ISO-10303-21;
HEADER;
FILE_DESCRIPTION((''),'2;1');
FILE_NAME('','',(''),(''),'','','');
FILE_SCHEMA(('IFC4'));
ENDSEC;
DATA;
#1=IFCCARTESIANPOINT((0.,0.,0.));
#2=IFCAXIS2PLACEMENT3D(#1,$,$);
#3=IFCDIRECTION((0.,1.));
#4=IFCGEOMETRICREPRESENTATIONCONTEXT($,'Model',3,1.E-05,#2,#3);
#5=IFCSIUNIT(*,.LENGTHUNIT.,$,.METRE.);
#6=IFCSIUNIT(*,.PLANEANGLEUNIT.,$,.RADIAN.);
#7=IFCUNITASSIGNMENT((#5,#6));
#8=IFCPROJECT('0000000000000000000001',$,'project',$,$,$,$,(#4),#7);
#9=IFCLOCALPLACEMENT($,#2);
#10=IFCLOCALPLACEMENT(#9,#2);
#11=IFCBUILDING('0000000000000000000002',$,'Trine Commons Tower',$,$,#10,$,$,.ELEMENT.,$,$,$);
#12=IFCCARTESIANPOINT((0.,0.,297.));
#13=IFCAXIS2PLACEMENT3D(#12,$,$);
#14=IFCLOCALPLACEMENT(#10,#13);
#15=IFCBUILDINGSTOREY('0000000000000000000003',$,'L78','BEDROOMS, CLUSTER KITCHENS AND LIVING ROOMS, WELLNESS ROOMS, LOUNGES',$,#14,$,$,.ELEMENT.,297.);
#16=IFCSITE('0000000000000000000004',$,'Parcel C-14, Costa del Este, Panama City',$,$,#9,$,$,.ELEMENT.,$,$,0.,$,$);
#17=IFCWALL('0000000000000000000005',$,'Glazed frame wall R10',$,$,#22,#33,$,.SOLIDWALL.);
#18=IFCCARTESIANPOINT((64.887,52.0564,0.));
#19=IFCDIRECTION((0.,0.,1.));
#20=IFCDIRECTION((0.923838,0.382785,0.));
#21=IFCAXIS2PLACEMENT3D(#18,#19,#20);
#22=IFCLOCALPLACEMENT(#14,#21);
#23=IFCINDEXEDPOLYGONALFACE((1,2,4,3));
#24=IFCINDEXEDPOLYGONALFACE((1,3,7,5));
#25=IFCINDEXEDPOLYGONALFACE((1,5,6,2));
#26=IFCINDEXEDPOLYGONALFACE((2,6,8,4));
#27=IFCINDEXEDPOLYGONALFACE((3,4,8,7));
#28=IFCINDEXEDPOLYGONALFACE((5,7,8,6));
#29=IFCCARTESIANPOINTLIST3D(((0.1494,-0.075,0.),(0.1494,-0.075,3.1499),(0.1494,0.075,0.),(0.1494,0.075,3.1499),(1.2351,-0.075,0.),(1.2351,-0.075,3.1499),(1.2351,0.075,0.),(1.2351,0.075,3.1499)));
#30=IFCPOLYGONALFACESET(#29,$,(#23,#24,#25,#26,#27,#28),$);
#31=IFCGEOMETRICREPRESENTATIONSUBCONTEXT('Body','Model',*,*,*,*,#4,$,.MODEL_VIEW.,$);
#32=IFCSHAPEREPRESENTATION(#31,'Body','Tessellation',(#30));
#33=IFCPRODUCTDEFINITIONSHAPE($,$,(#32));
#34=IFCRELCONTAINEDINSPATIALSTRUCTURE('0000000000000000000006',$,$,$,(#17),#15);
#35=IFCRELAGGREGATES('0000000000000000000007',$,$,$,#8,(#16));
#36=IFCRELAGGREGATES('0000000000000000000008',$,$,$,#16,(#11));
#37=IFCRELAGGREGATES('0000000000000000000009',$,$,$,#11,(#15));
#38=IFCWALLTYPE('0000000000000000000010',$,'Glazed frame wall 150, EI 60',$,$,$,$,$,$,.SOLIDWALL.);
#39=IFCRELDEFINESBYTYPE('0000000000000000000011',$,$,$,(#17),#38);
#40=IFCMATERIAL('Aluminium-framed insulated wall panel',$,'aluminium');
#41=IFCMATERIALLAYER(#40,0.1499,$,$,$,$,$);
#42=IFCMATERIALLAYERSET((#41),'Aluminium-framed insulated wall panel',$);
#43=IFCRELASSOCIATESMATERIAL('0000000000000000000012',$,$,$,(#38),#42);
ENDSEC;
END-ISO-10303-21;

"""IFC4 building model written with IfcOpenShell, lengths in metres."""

from ifc_helpers import new_model, si_unit, direction, frame, origin, place, context, subcontext, project, spatial, polyline, outline, extrude, material, layer, layer_set, type_object, element, save


model = new_model("IFC4")

# Units and contexts
model_context = context("Model", 3, precision=1e-05, world=origin(), true_north=direction((0.0, 1.0)))
body_context = subcontext(model_context, "Body", "Model", "MODEL_VIEW")
ifc_project = project(units=[si_unit("LENGTHUNIT", "METRE"), si_unit("PLANEANGLEUNIT", "RADIAN")], contexts=[model_context])

# Site, building, storey
site_placement = place(None, origin())
site = spatial("IfcSite", under=ifc_project, at=site_placement, Name="Parcel C-14, Costa del Este, Panama City", CompositionType="ELEMENT", RefElevation=0.0)
building_placement = place(site_placement, origin())
building = spatial("IfcBuilding", under=site, at=building_placement, Name="Trine Commons Tower", CompositionType="ELEMENT")
storey_placement = place(building_placement, frame((0.0, 0.0, 297.0)))
storey = spatial("IfcBuildingStorey", under=building, at=storey_placement, Name="L78", Description="BEDROOMS, CLUSTER KITCHENS AND LIVING ROOMS, WELLNESS ROOMS, LOUNGES", CompositionType="ELEMENT", Elevation=297.0)

# Wall
ifc_material_1 = material(Name="Aluminium-framed insulated wall panel", Category="aluminium")
ifc_layer_1 = layer(ifc_material_1, 0.1499)
ifc_layer_set_1 = layer_set([ifc_layer_1], Name="Aluminium-framed insulated wall panel")
wall_type_1 = type_object("IfcWallType", Name="Glazed frame wall 150, EI 60", PredefinedType="SOLIDWALL", material=ifc_layer_set_1)
wall_1_placement = place(storey_placement, frame((64.887, 52.0564, 0.0), z_axis=(0.0, 0.0, 1.0), x_axis=(0.923838, 0.382785, 0.0)))
element("IfcWall", 1, at=wall_1_placement, inside=storey, type_object=wall_type_1, Name="Glazed frame wall R10", PredefinedType="SOLIDWALL", context=body_context, shape_type="SweptSolid", body=[
    extrude(outline(polyline([(0.1494, 0.075), (0.1494, -0.075), (1.2351, -0.075), (1.2351, 0.075), (0.1494, 0.075)])), origin(), (0.0, 0.0, 1.0), 3.1499),
])

save(model, "model.ifc")
